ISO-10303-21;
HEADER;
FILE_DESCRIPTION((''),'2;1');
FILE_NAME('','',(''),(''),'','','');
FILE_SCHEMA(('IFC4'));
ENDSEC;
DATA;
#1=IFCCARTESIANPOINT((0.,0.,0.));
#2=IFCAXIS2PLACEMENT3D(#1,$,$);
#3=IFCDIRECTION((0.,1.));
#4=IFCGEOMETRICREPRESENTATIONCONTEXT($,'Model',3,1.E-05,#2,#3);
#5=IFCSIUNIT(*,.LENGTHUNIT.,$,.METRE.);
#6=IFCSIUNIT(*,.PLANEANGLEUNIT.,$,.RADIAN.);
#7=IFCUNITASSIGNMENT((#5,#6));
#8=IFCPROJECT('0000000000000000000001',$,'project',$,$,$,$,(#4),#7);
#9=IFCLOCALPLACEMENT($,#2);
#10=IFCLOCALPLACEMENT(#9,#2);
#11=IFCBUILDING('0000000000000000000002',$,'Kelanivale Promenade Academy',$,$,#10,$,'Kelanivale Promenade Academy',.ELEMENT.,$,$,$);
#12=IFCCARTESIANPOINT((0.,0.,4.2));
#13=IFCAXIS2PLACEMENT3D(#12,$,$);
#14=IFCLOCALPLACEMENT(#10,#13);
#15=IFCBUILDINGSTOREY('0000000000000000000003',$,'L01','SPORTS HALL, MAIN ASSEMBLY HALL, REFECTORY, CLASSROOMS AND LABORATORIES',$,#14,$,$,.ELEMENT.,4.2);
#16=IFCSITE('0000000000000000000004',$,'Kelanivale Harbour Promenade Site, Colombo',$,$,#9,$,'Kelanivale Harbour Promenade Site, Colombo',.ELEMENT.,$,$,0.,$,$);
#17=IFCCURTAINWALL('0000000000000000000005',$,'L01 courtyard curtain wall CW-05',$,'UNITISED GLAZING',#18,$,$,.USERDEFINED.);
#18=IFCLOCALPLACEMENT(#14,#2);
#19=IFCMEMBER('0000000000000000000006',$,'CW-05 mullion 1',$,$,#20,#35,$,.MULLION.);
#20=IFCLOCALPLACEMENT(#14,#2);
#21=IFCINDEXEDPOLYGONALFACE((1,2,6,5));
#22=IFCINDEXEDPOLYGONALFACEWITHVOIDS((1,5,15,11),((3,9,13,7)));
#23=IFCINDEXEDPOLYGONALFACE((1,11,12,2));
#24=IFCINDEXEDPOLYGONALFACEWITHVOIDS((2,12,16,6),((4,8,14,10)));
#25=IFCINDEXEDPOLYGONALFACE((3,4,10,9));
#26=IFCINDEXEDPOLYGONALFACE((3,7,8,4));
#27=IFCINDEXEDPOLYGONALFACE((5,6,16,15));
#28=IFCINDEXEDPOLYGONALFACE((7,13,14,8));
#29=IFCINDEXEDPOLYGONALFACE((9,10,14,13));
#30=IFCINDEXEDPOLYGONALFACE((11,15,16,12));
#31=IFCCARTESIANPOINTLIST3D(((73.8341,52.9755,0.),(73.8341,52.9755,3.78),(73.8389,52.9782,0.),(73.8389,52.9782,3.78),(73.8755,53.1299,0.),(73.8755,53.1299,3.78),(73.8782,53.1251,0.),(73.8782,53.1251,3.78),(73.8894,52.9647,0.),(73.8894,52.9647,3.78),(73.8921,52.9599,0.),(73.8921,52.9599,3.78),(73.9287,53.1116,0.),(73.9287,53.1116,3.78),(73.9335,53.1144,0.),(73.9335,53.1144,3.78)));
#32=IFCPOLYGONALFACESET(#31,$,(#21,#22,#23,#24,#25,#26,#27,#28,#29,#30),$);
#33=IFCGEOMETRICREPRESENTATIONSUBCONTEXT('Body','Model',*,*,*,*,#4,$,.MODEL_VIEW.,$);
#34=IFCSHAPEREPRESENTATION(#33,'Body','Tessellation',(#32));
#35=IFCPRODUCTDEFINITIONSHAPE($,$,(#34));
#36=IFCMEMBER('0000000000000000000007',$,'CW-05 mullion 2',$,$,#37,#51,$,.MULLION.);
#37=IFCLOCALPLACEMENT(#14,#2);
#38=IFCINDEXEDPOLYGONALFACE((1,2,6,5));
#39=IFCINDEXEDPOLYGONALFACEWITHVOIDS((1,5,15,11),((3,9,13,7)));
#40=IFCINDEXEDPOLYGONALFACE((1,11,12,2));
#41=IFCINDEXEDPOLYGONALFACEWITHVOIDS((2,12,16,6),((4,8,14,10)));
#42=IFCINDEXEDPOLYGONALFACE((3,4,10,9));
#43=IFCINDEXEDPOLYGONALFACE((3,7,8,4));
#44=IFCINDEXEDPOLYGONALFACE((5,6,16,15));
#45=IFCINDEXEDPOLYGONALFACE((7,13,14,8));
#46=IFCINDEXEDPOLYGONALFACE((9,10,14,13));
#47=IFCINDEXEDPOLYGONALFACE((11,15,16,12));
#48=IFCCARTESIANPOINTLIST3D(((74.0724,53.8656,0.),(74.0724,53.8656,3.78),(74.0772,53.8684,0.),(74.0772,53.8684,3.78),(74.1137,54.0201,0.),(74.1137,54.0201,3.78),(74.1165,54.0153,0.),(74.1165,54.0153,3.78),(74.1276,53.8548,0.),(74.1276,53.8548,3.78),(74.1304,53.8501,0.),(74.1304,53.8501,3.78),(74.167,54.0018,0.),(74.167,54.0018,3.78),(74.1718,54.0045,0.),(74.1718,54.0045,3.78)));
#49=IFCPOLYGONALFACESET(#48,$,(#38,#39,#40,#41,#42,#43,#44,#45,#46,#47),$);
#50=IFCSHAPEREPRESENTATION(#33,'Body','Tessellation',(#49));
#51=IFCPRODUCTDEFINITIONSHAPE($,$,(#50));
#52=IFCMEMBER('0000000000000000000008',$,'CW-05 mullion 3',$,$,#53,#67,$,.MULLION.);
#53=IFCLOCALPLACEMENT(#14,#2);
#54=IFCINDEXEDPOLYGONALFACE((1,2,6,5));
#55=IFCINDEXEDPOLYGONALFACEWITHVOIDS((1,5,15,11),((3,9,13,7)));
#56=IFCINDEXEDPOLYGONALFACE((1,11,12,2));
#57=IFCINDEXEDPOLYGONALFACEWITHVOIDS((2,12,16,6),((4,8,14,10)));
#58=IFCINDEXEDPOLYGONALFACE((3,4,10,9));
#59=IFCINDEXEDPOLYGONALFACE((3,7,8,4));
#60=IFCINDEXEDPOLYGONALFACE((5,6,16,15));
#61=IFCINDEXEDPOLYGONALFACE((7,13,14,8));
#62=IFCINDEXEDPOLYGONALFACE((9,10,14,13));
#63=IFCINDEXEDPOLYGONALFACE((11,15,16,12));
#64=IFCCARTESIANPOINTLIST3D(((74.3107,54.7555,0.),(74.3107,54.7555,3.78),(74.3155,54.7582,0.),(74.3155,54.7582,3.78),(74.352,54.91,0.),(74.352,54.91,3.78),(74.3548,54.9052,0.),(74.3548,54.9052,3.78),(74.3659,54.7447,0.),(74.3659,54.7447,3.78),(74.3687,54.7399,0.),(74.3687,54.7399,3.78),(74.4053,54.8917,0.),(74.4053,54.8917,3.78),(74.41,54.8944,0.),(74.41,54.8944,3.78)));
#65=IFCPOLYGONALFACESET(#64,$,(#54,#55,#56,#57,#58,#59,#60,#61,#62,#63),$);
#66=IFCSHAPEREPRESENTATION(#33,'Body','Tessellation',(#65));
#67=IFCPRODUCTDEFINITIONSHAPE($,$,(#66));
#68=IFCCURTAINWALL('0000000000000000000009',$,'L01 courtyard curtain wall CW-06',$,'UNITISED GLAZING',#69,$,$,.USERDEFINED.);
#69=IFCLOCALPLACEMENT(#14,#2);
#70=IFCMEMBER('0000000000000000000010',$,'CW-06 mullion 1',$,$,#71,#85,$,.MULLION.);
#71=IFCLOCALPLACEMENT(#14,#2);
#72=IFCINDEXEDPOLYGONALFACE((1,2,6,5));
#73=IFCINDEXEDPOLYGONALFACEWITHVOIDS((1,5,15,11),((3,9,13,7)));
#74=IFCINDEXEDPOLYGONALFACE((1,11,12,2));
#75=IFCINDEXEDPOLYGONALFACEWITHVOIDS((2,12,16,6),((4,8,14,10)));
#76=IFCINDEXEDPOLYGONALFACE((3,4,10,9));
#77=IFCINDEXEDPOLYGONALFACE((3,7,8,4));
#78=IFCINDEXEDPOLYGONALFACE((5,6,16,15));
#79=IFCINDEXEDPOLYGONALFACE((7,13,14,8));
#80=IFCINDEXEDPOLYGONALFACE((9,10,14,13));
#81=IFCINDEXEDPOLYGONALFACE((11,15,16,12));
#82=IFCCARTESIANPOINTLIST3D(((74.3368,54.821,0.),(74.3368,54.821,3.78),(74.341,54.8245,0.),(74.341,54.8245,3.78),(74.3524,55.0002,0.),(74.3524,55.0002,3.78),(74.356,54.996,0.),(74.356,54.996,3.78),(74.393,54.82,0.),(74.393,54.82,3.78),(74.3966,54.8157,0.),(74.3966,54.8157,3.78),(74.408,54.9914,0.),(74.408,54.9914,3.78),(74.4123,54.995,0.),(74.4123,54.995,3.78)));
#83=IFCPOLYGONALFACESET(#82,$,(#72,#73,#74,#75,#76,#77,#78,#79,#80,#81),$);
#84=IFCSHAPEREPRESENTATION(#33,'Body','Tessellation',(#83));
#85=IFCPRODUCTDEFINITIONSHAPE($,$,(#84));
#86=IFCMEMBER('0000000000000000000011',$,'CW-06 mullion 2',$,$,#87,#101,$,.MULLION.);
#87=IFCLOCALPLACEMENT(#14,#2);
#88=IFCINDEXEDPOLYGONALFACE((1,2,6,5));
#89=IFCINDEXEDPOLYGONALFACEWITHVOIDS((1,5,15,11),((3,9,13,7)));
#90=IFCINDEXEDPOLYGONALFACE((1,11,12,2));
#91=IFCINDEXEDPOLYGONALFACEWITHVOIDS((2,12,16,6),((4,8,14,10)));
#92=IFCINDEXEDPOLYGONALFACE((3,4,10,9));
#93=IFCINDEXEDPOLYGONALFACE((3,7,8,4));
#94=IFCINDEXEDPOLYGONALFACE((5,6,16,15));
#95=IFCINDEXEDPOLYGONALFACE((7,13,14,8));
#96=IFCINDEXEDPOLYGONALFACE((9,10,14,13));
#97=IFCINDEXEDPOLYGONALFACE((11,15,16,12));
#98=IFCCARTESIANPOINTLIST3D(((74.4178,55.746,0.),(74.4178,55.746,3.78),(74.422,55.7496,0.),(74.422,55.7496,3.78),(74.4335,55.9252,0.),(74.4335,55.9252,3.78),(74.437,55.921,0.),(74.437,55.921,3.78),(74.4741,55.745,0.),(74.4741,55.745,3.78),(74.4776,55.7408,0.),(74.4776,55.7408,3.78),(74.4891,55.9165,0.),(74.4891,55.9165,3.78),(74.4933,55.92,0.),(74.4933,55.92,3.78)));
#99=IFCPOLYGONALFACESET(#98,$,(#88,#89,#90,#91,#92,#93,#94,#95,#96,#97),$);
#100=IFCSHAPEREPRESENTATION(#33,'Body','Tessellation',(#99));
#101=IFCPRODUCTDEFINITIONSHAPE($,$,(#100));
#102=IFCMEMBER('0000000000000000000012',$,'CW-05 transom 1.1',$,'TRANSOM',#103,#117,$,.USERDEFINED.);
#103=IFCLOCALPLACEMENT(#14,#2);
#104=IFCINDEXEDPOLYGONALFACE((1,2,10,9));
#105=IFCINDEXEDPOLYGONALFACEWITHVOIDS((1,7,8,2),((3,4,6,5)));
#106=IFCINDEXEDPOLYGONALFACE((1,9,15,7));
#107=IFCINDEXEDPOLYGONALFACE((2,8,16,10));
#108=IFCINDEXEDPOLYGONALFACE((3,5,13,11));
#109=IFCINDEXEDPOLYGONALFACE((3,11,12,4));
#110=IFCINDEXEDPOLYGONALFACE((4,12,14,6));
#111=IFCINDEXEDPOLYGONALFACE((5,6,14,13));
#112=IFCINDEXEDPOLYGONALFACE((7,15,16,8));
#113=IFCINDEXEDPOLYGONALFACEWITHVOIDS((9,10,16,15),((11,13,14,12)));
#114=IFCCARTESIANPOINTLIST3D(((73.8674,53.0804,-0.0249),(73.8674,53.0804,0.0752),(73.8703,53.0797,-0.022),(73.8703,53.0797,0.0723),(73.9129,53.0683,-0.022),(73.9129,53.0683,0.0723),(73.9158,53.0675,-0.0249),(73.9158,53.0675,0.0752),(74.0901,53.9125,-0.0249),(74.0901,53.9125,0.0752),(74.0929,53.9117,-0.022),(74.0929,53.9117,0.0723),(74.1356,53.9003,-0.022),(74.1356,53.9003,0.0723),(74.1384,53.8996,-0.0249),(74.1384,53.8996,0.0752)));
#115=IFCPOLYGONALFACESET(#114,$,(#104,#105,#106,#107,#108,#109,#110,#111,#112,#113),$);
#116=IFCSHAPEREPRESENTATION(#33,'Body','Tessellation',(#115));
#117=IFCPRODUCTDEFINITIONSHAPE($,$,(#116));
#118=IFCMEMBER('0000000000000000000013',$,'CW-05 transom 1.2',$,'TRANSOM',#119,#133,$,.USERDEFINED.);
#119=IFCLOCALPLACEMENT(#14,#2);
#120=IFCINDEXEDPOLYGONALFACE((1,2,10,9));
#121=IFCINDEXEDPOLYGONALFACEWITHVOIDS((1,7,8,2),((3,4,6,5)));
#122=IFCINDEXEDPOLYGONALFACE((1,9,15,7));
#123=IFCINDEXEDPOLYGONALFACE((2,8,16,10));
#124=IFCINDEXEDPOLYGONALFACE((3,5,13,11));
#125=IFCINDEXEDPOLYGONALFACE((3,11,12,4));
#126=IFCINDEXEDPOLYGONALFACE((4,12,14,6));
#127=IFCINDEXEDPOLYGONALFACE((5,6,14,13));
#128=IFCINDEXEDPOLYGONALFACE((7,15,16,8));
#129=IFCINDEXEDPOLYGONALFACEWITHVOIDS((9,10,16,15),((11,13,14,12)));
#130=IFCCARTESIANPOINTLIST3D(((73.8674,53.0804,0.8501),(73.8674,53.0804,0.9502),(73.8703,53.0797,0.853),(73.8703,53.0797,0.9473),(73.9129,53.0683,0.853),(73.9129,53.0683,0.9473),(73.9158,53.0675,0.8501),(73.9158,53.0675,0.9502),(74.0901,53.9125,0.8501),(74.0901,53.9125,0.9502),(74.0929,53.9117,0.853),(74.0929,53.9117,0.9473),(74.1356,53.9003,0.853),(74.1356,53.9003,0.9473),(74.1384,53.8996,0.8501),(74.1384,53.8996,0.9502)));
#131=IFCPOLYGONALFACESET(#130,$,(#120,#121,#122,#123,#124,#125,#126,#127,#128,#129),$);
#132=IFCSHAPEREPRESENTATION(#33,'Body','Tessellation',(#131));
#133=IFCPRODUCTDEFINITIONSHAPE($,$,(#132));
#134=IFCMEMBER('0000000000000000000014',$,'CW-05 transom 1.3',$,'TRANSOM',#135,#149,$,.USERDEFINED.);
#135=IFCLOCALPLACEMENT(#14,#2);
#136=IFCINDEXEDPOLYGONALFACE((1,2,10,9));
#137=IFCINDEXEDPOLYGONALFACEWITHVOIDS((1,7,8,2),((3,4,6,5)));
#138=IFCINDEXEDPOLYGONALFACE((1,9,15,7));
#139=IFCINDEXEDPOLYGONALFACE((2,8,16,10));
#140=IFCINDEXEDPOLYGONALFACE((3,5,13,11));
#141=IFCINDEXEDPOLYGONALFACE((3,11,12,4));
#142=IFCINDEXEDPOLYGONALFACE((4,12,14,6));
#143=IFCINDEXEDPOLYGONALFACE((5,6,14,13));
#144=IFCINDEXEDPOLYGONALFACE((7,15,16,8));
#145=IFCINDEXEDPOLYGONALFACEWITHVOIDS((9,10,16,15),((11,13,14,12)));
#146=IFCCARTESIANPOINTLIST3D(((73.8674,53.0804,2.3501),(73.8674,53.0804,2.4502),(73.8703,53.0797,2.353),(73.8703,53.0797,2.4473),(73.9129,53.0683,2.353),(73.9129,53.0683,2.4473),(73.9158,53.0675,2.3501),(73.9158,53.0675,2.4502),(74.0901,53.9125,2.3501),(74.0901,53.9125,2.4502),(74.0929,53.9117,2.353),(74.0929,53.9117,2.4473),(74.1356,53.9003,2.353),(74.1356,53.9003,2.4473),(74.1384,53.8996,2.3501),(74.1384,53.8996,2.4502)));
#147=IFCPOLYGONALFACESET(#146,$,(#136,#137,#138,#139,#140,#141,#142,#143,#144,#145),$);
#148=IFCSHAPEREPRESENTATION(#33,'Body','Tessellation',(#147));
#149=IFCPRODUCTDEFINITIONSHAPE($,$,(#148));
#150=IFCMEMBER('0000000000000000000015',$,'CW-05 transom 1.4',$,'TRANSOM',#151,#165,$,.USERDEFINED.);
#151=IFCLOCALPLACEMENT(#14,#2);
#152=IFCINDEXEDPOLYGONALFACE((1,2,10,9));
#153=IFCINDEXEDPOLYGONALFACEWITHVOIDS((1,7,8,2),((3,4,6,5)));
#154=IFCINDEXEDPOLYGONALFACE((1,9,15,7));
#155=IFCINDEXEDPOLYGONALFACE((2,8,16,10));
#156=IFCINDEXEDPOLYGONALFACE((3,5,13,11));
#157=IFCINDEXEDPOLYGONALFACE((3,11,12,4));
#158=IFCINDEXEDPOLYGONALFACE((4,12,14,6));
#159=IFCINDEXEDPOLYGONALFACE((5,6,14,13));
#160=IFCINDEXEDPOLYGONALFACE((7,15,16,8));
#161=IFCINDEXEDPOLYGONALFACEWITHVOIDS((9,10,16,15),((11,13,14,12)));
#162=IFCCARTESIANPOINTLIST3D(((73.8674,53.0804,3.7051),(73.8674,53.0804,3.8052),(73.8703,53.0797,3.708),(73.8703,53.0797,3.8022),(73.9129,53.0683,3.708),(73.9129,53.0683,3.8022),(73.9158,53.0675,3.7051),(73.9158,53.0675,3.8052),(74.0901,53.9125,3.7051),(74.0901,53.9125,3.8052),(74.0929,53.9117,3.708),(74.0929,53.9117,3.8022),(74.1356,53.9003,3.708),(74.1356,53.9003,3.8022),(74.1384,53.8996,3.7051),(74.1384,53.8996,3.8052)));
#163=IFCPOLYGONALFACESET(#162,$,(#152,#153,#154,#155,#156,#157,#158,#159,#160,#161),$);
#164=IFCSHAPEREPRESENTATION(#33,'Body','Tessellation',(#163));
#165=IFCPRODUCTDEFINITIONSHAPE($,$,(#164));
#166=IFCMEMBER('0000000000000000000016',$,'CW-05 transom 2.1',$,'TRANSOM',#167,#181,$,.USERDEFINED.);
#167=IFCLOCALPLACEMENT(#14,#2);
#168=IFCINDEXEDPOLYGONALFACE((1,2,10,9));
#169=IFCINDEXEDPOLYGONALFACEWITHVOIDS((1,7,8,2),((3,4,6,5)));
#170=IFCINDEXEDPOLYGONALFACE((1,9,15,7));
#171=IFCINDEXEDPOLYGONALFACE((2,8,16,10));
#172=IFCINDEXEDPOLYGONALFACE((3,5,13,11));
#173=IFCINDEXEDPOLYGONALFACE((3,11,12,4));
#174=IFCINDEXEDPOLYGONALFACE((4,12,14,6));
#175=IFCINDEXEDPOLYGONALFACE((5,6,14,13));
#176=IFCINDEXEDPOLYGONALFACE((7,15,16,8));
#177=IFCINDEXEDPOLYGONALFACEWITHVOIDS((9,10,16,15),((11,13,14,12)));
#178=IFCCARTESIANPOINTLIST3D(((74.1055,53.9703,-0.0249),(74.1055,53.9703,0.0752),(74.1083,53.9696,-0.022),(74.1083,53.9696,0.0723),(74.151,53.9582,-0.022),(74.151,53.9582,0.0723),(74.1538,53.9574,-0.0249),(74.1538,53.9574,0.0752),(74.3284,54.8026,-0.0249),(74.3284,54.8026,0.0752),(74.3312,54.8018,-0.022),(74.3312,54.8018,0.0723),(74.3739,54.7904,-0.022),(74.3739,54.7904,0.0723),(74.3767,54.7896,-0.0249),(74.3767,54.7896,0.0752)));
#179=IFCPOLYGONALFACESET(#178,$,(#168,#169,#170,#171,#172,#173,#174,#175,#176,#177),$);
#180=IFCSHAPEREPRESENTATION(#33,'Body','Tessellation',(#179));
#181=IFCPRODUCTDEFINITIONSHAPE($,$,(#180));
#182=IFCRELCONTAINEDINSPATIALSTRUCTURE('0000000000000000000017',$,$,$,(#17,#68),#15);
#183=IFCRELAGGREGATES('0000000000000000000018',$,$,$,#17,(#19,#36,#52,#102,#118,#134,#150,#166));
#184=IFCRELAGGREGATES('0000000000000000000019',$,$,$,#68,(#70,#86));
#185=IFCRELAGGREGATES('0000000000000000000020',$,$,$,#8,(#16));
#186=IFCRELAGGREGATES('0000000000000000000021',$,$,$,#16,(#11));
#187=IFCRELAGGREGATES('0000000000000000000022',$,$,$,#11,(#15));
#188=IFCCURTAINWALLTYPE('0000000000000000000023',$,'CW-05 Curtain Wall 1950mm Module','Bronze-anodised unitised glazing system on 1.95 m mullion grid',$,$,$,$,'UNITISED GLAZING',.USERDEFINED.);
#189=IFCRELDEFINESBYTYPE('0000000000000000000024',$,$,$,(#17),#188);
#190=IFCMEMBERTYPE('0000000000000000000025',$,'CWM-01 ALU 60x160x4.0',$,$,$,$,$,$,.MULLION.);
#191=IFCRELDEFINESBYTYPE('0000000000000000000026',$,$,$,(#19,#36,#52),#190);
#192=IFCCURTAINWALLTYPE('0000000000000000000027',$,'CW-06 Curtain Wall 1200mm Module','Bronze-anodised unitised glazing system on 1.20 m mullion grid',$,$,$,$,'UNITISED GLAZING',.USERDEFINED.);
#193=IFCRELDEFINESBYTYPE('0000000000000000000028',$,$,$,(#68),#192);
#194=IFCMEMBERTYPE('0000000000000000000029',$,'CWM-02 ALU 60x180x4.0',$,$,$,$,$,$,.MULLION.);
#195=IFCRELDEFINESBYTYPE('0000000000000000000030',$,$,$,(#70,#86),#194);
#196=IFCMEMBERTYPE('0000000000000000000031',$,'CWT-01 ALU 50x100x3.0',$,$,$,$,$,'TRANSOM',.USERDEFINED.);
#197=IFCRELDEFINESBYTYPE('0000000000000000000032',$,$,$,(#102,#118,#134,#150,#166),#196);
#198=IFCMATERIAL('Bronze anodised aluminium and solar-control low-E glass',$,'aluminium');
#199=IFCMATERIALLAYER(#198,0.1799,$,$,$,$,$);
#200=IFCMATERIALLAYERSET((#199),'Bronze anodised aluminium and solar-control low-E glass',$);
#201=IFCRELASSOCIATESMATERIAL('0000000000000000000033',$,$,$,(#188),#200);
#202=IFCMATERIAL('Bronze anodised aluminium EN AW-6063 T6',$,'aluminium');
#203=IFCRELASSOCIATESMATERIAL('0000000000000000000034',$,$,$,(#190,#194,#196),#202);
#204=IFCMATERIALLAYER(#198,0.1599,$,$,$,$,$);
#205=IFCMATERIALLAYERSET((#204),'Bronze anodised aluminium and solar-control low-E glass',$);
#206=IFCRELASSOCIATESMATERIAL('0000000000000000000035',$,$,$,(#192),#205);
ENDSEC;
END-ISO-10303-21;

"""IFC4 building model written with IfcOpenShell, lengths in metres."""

from ifc_helpers import new_model, si_unit, direction, frame, origin, origin_2d, place, context, subcontext, project, spatial, hollow_rectangle, extrude, material, layer, layer_set, material_profile, profile_set, type_object, element, aggregate, save


model = new_model("IFC4")

# Units and contexts
model_context = context("Model", 3, precision=1e-05, world=origin(), true_north=direction((0.0, 1.0)))
body_context = subcontext(model_context, "Body", "Model", "MODEL_VIEW")
ifc_project = project(units=[si_unit("LENGTHUNIT", "METRE"), si_unit("PLANEANGLEUNIT", "RADIAN")], contexts=[model_context])

# Site, building, storey
site_placement = place(None, origin())
site = spatial("IfcSite", under=ifc_project, at=site_placement, Name="Kelanivale Harbour Promenade Site, Colombo", LongName="Kelanivale Harbour Promenade Site, Colombo", CompositionType="ELEMENT", RefElevation=0.0)
building_placement = place(site_placement, origin())
building = spatial("IfcBuilding", under=site, at=building_placement, Name="Kelanivale Promenade Academy", LongName="Kelanivale Promenade Academy", CompositionType="ELEMENT")
storey_placement = place(building_placement, frame((0.0, 0.0, 4.2)))
storey = spatial("IfcBuildingStorey", under=building, at=storey_placement, Name="L01", Description="SPORTS HALL, MAIN ASSEMBLY HALL, REFECTORY, CLASSROOMS AND LABORATORIES", CompositionType="ELEMENT", Elevation=4.2)

# Curtain walls, members
ifc_material_1 = material(Name="Bronze anodised aluminium and solar-control low-E glass", Category="aluminium")
ifc_layer_1 = layer(ifc_material_1, 0.1799)
ifc_layer_set_1 = layer_set([ifc_layer_1], Name="Bronze anodised aluminium and solar-control low-E glass")
curtain_wall_type_1 = type_object("IfcCurtainWallType", Name="CW-05 Curtain Wall 1950mm Module", Description="Bronze-anodised unitised glazing system on 1.95 m mullion grid", ElementType="UNITISED GLAZING", PredefinedType="USERDEFINED", material=ifc_layer_set_1)
curtain_wall_1_placement = place(storey_placement, origin())
curtain_wall_1 = element("IfcCurtainWall", 1, at=curtain_wall_1_placement, inside=storey, type_object=curtain_wall_type_1, Name="L01 courtyard curtain wall CW-05", ObjectType="UNITISED GLAZING", PredefinedType="USERDEFINED")
ifc_material_2 = material(Name="Bronze anodised aluminium EN AW-6063 T6", Category="aluminium")
ifc_material_profile_1 = material_profile(ifc_material_2, hollow_rectangle(XDim=0.0601, YDim=0.1599, WallThickness=0.0039, at=origin_2d()), Name="ALU 60x160x4.0")
ifc_profile_set_1 = profile_set([ifc_material_profile_1], Name="Bronze anodised aluminium EN AW-6063 T6")
member_type_1 = type_object("IfcMemberType", Name="CWM-01 ALU 60x160x4.0", PredefinedType="MULLION", material=ifc_profile_set_1)
member_1_placement = place(storey_placement, frame((73.8838, 53.0449, 0.0), z_axis=(0.0, 0.0, 1.0), x_axis=(-0.96599, 0.258578, 0.0)))
member_1 = element("IfcMember", 2, at=member_1_placement, type_object=member_type_1, Name="CW-05 mullion 1", PredefinedType="MULLION", context=body_context, shape_type="SweptSolid", body=[
    extrude(hollow_rectangle(XDim=0.0601, YDim=0.1599, WallThickness=0.0039, at=origin_2d()), origin(), (0.0, 0.0, 1.0), 3.78),
])
member_2_placement = place(storey_placement, frame((74.1221, 53.9351, 0.0), z_axis=(0.0, 0.0, 1.0), x_axis=(-0.96599, 0.258578, 0.0)))
member_2 = element("IfcMember", 3, at=member_2_placement, type_object=member_type_1, Name="CW-05 mullion 2", PredefinedType="MULLION", context=body_context, shape_type="SweptSolid", body=[
    extrude(hollow_rectangle(XDim=0.0601, YDim=0.1599, WallThickness=0.0039, at=origin_2d()), origin(), (0.0, 0.0, 1.0), 3.78),
])
member_3_placement = place(storey_placement, frame((74.3604, 54.825, 0.0), z_axis=(0.0, 0.0, 1.0), x_axis=(-0.96599, 0.258578, 0.0)))
member_3 = element("IfcMember", 4, at=member_3_placement, type_object=member_type_1, Name="CW-05 mullion 3", PredefinedType="MULLION", context=body_context, shape_type="SweptSolid", body=[
    extrude(hollow_rectangle(XDim=0.0601, YDim=0.1599, WallThickness=0.0039, at=origin_2d()), origin(), (0.0, 0.0, 1.0), 3.78),
])
ifc_layer_2 = layer(ifc_material_1, 0.1599)
ifc_layer_set_2 = layer_set([ifc_layer_2], Name="Bronze anodised aluminium and solar-control low-E glass")
curtain_wall_type_2 = type_object("IfcCurtainWallType", Name="CW-06 Curtain Wall 1200mm Module", Description="Bronze-anodised unitised glazing system on 1.20 m mullion grid", ElementType="UNITISED GLAZING", PredefinedType="USERDEFINED", material=ifc_layer_set_2)
curtain_wall_2_placement = place(storey_placement, origin())
curtain_wall_2 = element("IfcCurtainWall", 5, at=curtain_wall_2_placement, inside=storey, type_object=curtain_wall_type_2, Name="L01 courtyard curtain wall CW-06", ObjectType="UNITISED GLAZING", PredefinedType="USERDEFINED")
ifc_material_profile_2 = material_profile(ifc_material_2, hollow_rectangle(XDim=0.0601, YDim=0.1799, WallThickness=0.0039, at=origin_2d()), Name="ALU 60x180x4.0")
ifc_profile_set_2 = profile_set([ifc_material_profile_2], Name="Bronze anodised aluminium EN AW-6063 T6")
member_type_2 = type_object("IfcMemberType", Name="CWM-02 ALU 60x180x4.0", PredefinedType="MULLION", material=ifc_profile_set_2)
member_4_placement = place(storey_placement, frame((74.3745, 54.908, 0.0), z_axis=(0.0, 0.0, 1.0), x_axis=(-0.996199, 0.087102, 0.0)))
member_4 = element("IfcMember", 6, at=member_4_placement, type_object=member_type_2, Name="CW-06 mullion 1", PredefinedType="MULLION", context=body_context, shape_type="SweptSolid", body=[
    extrude(hollow_rectangle(XDim=0.0601, YDim=0.1799, WallThickness=0.0039, at=origin_2d()), origin(), (0.0, 0.0, 1.0), 3.78),
])
member_5_placement = place(storey_placement, frame((74.4556, 55.833, 0.0), z_axis=(0.0, 0.0, 1.0), x_axis=(-0.996199, 0.087102, 0.0)))
member_5 = element("IfcMember", 7, at=member_5_placement, type_object=member_type_2, Name="CW-06 mullion 2", PredefinedType="MULLION", context=body_context, shape_type="SweptSolid", body=[
    extrude(hollow_rectangle(XDim=0.0601, YDim=0.1799, WallThickness=0.0039, at=origin_2d()), origin(), (0.0, 0.0, 1.0), 3.78),
])

# Members
ifc_material_profile_3 = material_profile(ifc_material_2, hollow_rectangle(XDim=0.05, YDim=0.1001, WallThickness=0.0029, at=origin_2d()), Name="ALU 50x100x3.0")
ifc_profile_set_3 = profile_set([ifc_material_profile_3], Name="Bronze anodised aluminium EN AW-6063 T6")
member_type_3 = type_object("IfcMemberType", Name="CWT-01 ALU 50x100x3.0", ElementType="TRANSOM", PredefinedType="USERDEFINED", material=ifc_profile_set_3)
member_6_placement = place(storey_placement, frame((73.8916, 53.074, 0.0251), z_axis=(0.258509, 0.966009, 0.0), x_axis=(-0.966009, 0.258509, 0.0)))
member_6 = element("IfcMember", 8, at=member_6_placement, type_object=member_type_3, Name="CW-05 transom 1.1", ObjectType="TRANSOM", PredefinedType="USERDEFINED", context=body_context, shape_type="SweptSolid", body=[
    extrude(hollow_rectangle(XDim=0.05, YDim=0.1001, WallThickness=0.0029, at=origin_2d()), origin(), (0.0, 0.0, 1.0), 0.8613),
])
member_7_placement = place(storey_placement, frame((73.8916, 53.074, 0.9001), z_axis=(0.258509, 0.966009, 0.0), x_axis=(-0.966009, 0.258509, 0.0)))
member_7 = element("IfcMember", 9, at=member_7_placement, type_object=member_type_3, Name="CW-05 transom 1.2", ObjectType="TRANSOM", PredefinedType="USERDEFINED", context=body_context, shape_type="SweptSolid", body=[
    extrude(hollow_rectangle(XDim=0.05, YDim=0.1001, WallThickness=0.0029, at=origin_2d()), origin(), (0.0, 0.0, 1.0), 0.8613),
])
member_8_placement = place(storey_placement, frame((73.8916, 53.074, 2.4001), z_axis=(0.258509, 0.966009, 0.0), x_axis=(-0.966009, 0.258509, 0.0)))
member_8 = element("IfcMember", 10, at=member_8_placement, type_object=member_type_3, Name="CW-05 transom 1.3", ObjectType="TRANSOM", PredefinedType="USERDEFINED", context=body_context, shape_type="SweptSolid", body=[
    extrude(hollow_rectangle(XDim=0.05, YDim=0.1001, WallThickness=0.0029, at=origin_2d()), origin(), (0.0, 0.0, 1.0), 0.8613),
])
member_9_placement = place(storey_placement, frame((73.8916, 53.074, 3.7551), z_axis=(0.258509, 0.966009, 0.0), x_axis=(-0.966009, 0.258509, 0.0)))
member_9 = element("IfcMember", 11, at=member_9_placement, type_object=member_type_3, Name="CW-05 transom 1.4", ObjectType="TRANSOM", PredefinedType="USERDEFINED", context=body_context, shape_type="SweptSolid", body=[
    extrude(hollow_rectangle(XDim=0.05, YDim=0.1001, WallThickness=0.0029, at=origin_2d()), origin(), (0.0, 0.0, 1.0), 0.8613),
])
member_10_placement = place(storey_placement, frame((74.1296, 53.9639, 0.0251), z_axis=(0.258703, 0.965957, 0.0), x_axis=(-0.965957, 0.258703, 0.0)))
member_10 = element("IfcMember", 12, at=member_10_placement, type_object=member_type_3, Name="CW-05 transom 2.1", ObjectType="TRANSOM", PredefinedType="USERDEFINED", context=body_context, shape_type="SweptSolid", body=[
    extrude(hollow_rectangle(XDim=0.05, YDim=0.1001, WallThickness=0.0029, at=origin_2d()), origin(), (0.0, 0.0, 1.0), 0.8616),
])

aggregate(curtain_wall_1, [member_1, member_2, member_3, member_6, member_7, member_8, member_9, member_10])
aggregate(curtain_wall_2, [member_4, member_5])

save(model, "model.ifc")
